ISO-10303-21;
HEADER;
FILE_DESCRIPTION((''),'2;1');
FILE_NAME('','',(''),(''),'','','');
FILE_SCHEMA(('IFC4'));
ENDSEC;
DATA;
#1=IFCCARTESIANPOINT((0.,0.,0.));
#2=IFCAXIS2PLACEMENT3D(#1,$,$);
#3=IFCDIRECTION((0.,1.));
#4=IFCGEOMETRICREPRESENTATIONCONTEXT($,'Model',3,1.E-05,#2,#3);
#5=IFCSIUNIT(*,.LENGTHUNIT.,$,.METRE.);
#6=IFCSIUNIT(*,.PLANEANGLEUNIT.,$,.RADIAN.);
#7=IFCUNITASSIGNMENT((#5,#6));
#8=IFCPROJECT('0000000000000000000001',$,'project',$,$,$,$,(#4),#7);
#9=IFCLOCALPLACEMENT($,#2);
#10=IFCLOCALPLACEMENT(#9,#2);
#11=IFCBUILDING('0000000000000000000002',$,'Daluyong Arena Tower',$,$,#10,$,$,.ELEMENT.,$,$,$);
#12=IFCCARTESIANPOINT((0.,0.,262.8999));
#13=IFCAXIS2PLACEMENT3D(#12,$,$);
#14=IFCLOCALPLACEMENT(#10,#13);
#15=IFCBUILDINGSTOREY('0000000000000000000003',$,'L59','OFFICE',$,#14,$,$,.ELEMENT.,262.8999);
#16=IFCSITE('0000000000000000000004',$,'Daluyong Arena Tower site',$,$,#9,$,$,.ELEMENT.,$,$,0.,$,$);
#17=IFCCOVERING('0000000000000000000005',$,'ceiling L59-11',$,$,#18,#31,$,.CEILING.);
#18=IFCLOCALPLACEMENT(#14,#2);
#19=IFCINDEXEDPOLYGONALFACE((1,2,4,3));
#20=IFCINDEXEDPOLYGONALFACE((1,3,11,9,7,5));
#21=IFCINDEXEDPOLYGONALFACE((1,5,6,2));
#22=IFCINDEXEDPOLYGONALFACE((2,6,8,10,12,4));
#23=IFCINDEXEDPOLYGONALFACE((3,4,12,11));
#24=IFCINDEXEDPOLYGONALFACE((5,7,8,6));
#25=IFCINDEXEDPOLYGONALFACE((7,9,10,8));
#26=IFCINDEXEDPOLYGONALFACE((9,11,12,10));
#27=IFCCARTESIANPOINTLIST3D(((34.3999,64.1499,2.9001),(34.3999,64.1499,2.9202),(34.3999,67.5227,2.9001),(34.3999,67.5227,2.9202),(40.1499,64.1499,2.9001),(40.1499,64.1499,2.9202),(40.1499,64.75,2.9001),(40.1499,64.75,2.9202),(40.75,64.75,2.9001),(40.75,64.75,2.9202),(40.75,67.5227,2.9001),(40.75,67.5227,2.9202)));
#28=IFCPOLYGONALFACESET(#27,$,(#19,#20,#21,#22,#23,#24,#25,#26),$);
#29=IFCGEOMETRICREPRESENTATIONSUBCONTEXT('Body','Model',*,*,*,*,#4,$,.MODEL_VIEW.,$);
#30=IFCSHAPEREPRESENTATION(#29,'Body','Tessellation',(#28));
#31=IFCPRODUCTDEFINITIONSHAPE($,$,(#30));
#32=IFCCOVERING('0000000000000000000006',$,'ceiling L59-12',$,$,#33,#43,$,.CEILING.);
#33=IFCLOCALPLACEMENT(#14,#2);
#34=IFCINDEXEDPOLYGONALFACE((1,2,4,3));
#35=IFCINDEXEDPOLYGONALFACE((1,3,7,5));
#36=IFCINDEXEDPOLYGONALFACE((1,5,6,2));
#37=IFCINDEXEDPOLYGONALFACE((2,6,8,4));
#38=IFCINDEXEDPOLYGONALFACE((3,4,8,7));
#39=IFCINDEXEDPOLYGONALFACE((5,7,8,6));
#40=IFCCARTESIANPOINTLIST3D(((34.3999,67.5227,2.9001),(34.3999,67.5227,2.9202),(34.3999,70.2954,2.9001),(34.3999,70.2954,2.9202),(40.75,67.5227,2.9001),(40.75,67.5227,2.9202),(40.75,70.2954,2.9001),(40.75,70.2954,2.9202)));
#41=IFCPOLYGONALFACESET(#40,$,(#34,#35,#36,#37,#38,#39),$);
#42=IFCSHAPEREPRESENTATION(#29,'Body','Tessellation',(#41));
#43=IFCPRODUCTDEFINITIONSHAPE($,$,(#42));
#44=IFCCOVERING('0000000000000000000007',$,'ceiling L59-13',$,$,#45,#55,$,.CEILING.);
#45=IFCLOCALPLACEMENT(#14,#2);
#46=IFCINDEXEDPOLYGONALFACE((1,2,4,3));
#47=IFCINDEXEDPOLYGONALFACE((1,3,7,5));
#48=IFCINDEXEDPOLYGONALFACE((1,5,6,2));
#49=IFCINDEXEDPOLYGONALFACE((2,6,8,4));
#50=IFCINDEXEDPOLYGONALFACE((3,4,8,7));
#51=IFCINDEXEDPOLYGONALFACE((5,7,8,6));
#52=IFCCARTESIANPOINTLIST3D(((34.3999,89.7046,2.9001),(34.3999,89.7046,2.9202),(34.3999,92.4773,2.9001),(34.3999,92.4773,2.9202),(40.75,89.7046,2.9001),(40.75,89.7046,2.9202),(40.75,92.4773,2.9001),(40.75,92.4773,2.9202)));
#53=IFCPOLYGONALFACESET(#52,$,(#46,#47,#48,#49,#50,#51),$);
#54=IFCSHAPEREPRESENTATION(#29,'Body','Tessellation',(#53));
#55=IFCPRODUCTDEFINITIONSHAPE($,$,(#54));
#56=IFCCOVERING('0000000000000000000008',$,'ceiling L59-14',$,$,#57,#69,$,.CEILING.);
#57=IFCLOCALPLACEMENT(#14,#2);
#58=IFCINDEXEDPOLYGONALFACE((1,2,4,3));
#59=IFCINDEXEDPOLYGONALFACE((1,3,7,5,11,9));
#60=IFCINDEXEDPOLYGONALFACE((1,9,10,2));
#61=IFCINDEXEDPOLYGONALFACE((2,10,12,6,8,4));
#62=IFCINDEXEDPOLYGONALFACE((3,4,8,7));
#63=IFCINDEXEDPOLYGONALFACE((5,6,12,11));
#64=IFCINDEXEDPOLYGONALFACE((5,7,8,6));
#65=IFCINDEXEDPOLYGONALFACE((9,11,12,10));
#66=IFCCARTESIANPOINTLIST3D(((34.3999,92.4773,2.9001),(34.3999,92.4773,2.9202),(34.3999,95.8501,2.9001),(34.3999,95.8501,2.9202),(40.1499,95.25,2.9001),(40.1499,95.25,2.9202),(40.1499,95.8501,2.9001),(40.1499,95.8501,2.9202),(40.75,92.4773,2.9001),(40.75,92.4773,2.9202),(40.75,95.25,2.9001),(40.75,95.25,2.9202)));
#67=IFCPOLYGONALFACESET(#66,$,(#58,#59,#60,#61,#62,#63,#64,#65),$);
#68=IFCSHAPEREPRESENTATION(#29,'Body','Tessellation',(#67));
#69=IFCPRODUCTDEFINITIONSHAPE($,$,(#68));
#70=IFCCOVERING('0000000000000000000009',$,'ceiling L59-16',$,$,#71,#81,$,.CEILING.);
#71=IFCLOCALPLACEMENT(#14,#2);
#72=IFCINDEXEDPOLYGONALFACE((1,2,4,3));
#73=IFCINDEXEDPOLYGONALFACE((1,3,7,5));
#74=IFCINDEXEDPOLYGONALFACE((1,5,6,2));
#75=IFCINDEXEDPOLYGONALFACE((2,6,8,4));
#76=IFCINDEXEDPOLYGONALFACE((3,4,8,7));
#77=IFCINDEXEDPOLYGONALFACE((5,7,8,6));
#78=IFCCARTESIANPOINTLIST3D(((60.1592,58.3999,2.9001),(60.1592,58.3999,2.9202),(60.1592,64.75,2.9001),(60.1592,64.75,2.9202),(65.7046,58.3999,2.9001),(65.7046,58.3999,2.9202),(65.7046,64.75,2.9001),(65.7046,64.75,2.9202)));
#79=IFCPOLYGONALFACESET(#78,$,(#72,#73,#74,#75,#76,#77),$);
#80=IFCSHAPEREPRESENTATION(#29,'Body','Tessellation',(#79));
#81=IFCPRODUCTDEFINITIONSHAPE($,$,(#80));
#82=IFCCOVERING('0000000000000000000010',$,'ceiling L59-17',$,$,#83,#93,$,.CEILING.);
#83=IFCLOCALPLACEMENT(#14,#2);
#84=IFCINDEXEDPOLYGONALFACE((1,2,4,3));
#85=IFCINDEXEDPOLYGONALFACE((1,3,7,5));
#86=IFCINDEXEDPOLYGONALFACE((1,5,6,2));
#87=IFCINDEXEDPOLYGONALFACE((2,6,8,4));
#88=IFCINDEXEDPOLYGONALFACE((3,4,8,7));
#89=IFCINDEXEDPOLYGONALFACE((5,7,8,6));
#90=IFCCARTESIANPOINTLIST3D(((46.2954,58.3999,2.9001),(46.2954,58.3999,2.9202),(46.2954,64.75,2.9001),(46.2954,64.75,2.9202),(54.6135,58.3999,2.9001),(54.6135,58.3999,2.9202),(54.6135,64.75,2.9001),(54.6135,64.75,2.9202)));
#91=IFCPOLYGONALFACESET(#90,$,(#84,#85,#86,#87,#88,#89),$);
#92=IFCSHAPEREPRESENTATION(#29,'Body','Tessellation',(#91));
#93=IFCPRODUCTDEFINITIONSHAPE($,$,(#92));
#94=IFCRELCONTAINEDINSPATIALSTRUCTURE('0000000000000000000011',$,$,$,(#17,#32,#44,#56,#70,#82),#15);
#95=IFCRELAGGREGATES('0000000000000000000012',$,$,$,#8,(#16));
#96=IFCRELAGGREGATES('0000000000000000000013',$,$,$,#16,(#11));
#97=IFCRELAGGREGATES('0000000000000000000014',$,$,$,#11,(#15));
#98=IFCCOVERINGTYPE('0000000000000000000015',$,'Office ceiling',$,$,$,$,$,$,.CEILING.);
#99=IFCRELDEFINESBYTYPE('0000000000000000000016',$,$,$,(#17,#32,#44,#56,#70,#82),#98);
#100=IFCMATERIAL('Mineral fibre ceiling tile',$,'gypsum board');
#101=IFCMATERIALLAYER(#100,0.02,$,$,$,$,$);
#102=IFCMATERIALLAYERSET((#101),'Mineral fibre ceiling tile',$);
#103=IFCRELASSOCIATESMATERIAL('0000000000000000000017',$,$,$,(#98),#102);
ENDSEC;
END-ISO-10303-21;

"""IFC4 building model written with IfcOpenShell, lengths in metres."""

from ifc_helpers import new_model, si_unit, direction, frame, origin, place, context, subcontext, project, spatial, polyline, outline, extrude, material, layer, layer_set, type_object, element, save


model = new_model("IFC4")

# Units and contexts
model_context = context("Model", 3, precision=1e-05, world=origin(), true_north=direction((0.0, 1.0)))
body_context = subcontext(model_context, "Body", "Model", "MODEL_VIEW")
ifc_project = project(units=[si_unit("LENGTHUNIT", "METRE"), si_unit("PLANEANGLEUNIT", "RADIAN")], contexts=[model_context])

# Site, building, storey
site_placement = place(None, origin())
site = spatial("IfcSite", under=ifc_project, at=site_placement, Name="Daluyong Arena Tower site", CompositionType="ELEMENT", RefElevation=0.0)
building_placement = place(site_placement, origin())
building = spatial("IfcBuilding", under=site, at=building_placement, Name="Daluyong Arena Tower", CompositionType="ELEMENT")
storey_placement = place(building_placement, frame((0.0, 0.0, 262.8999)))
storey = spatial("IfcBuildingStorey", under=building, at=storey_placement, Name="L59", Description="OFFICE", CompositionType="ELEMENT", Elevation=262.8999)

# Coverings
ifc_material_1 = material(Name="Mineral fibre ceiling tile", Category="gypsum board")
ifc_layer_1 = layer(ifc_material_1, 0.02)
ifc_layer_set_1 = layer_set([ifc_layer_1], Name="Mineral fibre ceiling tile")
covering_type = type_object("IfcCoveringType", Name="Office ceiling", PredefinedType="CEILING", material=ifc_layer_set_1)
covering_1_placement = place(storey_placement, frame((0.0, 0.0, 2.9001)))
element("IfcCovering", 1, at=covering_1_placement, inside=storey, type_object=covering_type, Name="ceiling L59-11", PredefinedType="CEILING", context=body_context, shape_type="SweptSolid", body=[
    extrude(outline(polyline([(34.3999, 64.1499), (40.1499, 64.1499), (40.1499, 64.75), (40.75, 64.75), (40.75, 67.5227), (34.3999, 67.5227), (34.3999, 64.1499)])), origin(), (0.0, 0.0, 1.0), 0.02),
])
covering_2_placement = place(storey_placement, frame((0.0, 0.0, 2.9001)))
element("IfcCovering", 2, at=covering_2_placement, inside=storey, type_object=covering_type, Name="ceiling L59-12", PredefinedType="CEILING", context=body_context, shape_type="SweptSolid", body=[
    extrude(outline(polyline([(40.75, 70.2954), (34.3999, 70.2954), (34.3999, 67.5227), (40.75, 67.5227), (40.75, 70.2954)])), origin(), (0.0, 0.0, 1.0), 0.02),
])
covering_3_placement = place(storey_placement, frame((0.0, 0.0, 2.9001)))
element("IfcCovering", 3, at=covering_3_placement, inside=storey, type_object=covering_type, Name="ceiling L59-13", PredefinedType="CEILING", context=body_context, shape_type="SweptSolid", body=[
    extrude(outline(polyline([(40.75, 92.4773), (34.3999, 92.4773), (34.3999, 89.7046), (40.75, 89.7046), (40.75, 92.4773)])), origin(), (0.0, 0.0, 1.0), 0.02),
])
covering_4_placement = place(storey_placement, frame((0.0, 0.0, 2.9001)))
element("IfcCovering", 4, at=covering_4_placement, inside=storey, type_object=covering_type, Name="ceiling L59-14", PredefinedType="CEILING", context=body_context, shape_type="SweptSolid", body=[
    extrude(outline(polyline([(40.75, 92.4773), (40.75, 95.25), (40.1499, 95.25), (40.1499, 95.8501), (34.3999, 95.8501), (34.3999, 92.4773), (40.75, 92.4773)])), origin(), (0.0, 0.0, 1.0), 0.02),
])
covering_5_placement = place(storey_placement, frame((0.0, 0.0, 2.9001)))
element("IfcCovering", 5, at=covering_5_placement, inside=storey, type_object=covering_type, Name="ceiling L59-16", PredefinedType="CEILING", context=body_context, shape_type="SweptSolid", body=[
    extrude(outline(polyline([(60.1592, 58.3999), (65.7046, 58.3999), (65.7046, 64.75), (60.1592, 64.75), (60.1592, 58.3999)])), origin(), (0.0, 0.0, 1.0), 0.02),
])
covering_6_placement = place(storey_placement, frame((0.0, 0.0, 2.9001)))
element("IfcCovering", 6, at=covering_6_placement, inside=storey, type_object=covering_type, Name="ceiling L59-17", PredefinedType="CEILING", context=body_context, shape_type="SweptSolid", body=[
    extrude(outline(polyline([(46.2954, 58.3999), (54.6135, 58.3999), (54.6135, 64.75), (46.2954, 64.75), (46.2954, 58.3999)])), origin(), (0.0, 0.0, 1.0), 0.02),
])

save(model, "model.ifc")
